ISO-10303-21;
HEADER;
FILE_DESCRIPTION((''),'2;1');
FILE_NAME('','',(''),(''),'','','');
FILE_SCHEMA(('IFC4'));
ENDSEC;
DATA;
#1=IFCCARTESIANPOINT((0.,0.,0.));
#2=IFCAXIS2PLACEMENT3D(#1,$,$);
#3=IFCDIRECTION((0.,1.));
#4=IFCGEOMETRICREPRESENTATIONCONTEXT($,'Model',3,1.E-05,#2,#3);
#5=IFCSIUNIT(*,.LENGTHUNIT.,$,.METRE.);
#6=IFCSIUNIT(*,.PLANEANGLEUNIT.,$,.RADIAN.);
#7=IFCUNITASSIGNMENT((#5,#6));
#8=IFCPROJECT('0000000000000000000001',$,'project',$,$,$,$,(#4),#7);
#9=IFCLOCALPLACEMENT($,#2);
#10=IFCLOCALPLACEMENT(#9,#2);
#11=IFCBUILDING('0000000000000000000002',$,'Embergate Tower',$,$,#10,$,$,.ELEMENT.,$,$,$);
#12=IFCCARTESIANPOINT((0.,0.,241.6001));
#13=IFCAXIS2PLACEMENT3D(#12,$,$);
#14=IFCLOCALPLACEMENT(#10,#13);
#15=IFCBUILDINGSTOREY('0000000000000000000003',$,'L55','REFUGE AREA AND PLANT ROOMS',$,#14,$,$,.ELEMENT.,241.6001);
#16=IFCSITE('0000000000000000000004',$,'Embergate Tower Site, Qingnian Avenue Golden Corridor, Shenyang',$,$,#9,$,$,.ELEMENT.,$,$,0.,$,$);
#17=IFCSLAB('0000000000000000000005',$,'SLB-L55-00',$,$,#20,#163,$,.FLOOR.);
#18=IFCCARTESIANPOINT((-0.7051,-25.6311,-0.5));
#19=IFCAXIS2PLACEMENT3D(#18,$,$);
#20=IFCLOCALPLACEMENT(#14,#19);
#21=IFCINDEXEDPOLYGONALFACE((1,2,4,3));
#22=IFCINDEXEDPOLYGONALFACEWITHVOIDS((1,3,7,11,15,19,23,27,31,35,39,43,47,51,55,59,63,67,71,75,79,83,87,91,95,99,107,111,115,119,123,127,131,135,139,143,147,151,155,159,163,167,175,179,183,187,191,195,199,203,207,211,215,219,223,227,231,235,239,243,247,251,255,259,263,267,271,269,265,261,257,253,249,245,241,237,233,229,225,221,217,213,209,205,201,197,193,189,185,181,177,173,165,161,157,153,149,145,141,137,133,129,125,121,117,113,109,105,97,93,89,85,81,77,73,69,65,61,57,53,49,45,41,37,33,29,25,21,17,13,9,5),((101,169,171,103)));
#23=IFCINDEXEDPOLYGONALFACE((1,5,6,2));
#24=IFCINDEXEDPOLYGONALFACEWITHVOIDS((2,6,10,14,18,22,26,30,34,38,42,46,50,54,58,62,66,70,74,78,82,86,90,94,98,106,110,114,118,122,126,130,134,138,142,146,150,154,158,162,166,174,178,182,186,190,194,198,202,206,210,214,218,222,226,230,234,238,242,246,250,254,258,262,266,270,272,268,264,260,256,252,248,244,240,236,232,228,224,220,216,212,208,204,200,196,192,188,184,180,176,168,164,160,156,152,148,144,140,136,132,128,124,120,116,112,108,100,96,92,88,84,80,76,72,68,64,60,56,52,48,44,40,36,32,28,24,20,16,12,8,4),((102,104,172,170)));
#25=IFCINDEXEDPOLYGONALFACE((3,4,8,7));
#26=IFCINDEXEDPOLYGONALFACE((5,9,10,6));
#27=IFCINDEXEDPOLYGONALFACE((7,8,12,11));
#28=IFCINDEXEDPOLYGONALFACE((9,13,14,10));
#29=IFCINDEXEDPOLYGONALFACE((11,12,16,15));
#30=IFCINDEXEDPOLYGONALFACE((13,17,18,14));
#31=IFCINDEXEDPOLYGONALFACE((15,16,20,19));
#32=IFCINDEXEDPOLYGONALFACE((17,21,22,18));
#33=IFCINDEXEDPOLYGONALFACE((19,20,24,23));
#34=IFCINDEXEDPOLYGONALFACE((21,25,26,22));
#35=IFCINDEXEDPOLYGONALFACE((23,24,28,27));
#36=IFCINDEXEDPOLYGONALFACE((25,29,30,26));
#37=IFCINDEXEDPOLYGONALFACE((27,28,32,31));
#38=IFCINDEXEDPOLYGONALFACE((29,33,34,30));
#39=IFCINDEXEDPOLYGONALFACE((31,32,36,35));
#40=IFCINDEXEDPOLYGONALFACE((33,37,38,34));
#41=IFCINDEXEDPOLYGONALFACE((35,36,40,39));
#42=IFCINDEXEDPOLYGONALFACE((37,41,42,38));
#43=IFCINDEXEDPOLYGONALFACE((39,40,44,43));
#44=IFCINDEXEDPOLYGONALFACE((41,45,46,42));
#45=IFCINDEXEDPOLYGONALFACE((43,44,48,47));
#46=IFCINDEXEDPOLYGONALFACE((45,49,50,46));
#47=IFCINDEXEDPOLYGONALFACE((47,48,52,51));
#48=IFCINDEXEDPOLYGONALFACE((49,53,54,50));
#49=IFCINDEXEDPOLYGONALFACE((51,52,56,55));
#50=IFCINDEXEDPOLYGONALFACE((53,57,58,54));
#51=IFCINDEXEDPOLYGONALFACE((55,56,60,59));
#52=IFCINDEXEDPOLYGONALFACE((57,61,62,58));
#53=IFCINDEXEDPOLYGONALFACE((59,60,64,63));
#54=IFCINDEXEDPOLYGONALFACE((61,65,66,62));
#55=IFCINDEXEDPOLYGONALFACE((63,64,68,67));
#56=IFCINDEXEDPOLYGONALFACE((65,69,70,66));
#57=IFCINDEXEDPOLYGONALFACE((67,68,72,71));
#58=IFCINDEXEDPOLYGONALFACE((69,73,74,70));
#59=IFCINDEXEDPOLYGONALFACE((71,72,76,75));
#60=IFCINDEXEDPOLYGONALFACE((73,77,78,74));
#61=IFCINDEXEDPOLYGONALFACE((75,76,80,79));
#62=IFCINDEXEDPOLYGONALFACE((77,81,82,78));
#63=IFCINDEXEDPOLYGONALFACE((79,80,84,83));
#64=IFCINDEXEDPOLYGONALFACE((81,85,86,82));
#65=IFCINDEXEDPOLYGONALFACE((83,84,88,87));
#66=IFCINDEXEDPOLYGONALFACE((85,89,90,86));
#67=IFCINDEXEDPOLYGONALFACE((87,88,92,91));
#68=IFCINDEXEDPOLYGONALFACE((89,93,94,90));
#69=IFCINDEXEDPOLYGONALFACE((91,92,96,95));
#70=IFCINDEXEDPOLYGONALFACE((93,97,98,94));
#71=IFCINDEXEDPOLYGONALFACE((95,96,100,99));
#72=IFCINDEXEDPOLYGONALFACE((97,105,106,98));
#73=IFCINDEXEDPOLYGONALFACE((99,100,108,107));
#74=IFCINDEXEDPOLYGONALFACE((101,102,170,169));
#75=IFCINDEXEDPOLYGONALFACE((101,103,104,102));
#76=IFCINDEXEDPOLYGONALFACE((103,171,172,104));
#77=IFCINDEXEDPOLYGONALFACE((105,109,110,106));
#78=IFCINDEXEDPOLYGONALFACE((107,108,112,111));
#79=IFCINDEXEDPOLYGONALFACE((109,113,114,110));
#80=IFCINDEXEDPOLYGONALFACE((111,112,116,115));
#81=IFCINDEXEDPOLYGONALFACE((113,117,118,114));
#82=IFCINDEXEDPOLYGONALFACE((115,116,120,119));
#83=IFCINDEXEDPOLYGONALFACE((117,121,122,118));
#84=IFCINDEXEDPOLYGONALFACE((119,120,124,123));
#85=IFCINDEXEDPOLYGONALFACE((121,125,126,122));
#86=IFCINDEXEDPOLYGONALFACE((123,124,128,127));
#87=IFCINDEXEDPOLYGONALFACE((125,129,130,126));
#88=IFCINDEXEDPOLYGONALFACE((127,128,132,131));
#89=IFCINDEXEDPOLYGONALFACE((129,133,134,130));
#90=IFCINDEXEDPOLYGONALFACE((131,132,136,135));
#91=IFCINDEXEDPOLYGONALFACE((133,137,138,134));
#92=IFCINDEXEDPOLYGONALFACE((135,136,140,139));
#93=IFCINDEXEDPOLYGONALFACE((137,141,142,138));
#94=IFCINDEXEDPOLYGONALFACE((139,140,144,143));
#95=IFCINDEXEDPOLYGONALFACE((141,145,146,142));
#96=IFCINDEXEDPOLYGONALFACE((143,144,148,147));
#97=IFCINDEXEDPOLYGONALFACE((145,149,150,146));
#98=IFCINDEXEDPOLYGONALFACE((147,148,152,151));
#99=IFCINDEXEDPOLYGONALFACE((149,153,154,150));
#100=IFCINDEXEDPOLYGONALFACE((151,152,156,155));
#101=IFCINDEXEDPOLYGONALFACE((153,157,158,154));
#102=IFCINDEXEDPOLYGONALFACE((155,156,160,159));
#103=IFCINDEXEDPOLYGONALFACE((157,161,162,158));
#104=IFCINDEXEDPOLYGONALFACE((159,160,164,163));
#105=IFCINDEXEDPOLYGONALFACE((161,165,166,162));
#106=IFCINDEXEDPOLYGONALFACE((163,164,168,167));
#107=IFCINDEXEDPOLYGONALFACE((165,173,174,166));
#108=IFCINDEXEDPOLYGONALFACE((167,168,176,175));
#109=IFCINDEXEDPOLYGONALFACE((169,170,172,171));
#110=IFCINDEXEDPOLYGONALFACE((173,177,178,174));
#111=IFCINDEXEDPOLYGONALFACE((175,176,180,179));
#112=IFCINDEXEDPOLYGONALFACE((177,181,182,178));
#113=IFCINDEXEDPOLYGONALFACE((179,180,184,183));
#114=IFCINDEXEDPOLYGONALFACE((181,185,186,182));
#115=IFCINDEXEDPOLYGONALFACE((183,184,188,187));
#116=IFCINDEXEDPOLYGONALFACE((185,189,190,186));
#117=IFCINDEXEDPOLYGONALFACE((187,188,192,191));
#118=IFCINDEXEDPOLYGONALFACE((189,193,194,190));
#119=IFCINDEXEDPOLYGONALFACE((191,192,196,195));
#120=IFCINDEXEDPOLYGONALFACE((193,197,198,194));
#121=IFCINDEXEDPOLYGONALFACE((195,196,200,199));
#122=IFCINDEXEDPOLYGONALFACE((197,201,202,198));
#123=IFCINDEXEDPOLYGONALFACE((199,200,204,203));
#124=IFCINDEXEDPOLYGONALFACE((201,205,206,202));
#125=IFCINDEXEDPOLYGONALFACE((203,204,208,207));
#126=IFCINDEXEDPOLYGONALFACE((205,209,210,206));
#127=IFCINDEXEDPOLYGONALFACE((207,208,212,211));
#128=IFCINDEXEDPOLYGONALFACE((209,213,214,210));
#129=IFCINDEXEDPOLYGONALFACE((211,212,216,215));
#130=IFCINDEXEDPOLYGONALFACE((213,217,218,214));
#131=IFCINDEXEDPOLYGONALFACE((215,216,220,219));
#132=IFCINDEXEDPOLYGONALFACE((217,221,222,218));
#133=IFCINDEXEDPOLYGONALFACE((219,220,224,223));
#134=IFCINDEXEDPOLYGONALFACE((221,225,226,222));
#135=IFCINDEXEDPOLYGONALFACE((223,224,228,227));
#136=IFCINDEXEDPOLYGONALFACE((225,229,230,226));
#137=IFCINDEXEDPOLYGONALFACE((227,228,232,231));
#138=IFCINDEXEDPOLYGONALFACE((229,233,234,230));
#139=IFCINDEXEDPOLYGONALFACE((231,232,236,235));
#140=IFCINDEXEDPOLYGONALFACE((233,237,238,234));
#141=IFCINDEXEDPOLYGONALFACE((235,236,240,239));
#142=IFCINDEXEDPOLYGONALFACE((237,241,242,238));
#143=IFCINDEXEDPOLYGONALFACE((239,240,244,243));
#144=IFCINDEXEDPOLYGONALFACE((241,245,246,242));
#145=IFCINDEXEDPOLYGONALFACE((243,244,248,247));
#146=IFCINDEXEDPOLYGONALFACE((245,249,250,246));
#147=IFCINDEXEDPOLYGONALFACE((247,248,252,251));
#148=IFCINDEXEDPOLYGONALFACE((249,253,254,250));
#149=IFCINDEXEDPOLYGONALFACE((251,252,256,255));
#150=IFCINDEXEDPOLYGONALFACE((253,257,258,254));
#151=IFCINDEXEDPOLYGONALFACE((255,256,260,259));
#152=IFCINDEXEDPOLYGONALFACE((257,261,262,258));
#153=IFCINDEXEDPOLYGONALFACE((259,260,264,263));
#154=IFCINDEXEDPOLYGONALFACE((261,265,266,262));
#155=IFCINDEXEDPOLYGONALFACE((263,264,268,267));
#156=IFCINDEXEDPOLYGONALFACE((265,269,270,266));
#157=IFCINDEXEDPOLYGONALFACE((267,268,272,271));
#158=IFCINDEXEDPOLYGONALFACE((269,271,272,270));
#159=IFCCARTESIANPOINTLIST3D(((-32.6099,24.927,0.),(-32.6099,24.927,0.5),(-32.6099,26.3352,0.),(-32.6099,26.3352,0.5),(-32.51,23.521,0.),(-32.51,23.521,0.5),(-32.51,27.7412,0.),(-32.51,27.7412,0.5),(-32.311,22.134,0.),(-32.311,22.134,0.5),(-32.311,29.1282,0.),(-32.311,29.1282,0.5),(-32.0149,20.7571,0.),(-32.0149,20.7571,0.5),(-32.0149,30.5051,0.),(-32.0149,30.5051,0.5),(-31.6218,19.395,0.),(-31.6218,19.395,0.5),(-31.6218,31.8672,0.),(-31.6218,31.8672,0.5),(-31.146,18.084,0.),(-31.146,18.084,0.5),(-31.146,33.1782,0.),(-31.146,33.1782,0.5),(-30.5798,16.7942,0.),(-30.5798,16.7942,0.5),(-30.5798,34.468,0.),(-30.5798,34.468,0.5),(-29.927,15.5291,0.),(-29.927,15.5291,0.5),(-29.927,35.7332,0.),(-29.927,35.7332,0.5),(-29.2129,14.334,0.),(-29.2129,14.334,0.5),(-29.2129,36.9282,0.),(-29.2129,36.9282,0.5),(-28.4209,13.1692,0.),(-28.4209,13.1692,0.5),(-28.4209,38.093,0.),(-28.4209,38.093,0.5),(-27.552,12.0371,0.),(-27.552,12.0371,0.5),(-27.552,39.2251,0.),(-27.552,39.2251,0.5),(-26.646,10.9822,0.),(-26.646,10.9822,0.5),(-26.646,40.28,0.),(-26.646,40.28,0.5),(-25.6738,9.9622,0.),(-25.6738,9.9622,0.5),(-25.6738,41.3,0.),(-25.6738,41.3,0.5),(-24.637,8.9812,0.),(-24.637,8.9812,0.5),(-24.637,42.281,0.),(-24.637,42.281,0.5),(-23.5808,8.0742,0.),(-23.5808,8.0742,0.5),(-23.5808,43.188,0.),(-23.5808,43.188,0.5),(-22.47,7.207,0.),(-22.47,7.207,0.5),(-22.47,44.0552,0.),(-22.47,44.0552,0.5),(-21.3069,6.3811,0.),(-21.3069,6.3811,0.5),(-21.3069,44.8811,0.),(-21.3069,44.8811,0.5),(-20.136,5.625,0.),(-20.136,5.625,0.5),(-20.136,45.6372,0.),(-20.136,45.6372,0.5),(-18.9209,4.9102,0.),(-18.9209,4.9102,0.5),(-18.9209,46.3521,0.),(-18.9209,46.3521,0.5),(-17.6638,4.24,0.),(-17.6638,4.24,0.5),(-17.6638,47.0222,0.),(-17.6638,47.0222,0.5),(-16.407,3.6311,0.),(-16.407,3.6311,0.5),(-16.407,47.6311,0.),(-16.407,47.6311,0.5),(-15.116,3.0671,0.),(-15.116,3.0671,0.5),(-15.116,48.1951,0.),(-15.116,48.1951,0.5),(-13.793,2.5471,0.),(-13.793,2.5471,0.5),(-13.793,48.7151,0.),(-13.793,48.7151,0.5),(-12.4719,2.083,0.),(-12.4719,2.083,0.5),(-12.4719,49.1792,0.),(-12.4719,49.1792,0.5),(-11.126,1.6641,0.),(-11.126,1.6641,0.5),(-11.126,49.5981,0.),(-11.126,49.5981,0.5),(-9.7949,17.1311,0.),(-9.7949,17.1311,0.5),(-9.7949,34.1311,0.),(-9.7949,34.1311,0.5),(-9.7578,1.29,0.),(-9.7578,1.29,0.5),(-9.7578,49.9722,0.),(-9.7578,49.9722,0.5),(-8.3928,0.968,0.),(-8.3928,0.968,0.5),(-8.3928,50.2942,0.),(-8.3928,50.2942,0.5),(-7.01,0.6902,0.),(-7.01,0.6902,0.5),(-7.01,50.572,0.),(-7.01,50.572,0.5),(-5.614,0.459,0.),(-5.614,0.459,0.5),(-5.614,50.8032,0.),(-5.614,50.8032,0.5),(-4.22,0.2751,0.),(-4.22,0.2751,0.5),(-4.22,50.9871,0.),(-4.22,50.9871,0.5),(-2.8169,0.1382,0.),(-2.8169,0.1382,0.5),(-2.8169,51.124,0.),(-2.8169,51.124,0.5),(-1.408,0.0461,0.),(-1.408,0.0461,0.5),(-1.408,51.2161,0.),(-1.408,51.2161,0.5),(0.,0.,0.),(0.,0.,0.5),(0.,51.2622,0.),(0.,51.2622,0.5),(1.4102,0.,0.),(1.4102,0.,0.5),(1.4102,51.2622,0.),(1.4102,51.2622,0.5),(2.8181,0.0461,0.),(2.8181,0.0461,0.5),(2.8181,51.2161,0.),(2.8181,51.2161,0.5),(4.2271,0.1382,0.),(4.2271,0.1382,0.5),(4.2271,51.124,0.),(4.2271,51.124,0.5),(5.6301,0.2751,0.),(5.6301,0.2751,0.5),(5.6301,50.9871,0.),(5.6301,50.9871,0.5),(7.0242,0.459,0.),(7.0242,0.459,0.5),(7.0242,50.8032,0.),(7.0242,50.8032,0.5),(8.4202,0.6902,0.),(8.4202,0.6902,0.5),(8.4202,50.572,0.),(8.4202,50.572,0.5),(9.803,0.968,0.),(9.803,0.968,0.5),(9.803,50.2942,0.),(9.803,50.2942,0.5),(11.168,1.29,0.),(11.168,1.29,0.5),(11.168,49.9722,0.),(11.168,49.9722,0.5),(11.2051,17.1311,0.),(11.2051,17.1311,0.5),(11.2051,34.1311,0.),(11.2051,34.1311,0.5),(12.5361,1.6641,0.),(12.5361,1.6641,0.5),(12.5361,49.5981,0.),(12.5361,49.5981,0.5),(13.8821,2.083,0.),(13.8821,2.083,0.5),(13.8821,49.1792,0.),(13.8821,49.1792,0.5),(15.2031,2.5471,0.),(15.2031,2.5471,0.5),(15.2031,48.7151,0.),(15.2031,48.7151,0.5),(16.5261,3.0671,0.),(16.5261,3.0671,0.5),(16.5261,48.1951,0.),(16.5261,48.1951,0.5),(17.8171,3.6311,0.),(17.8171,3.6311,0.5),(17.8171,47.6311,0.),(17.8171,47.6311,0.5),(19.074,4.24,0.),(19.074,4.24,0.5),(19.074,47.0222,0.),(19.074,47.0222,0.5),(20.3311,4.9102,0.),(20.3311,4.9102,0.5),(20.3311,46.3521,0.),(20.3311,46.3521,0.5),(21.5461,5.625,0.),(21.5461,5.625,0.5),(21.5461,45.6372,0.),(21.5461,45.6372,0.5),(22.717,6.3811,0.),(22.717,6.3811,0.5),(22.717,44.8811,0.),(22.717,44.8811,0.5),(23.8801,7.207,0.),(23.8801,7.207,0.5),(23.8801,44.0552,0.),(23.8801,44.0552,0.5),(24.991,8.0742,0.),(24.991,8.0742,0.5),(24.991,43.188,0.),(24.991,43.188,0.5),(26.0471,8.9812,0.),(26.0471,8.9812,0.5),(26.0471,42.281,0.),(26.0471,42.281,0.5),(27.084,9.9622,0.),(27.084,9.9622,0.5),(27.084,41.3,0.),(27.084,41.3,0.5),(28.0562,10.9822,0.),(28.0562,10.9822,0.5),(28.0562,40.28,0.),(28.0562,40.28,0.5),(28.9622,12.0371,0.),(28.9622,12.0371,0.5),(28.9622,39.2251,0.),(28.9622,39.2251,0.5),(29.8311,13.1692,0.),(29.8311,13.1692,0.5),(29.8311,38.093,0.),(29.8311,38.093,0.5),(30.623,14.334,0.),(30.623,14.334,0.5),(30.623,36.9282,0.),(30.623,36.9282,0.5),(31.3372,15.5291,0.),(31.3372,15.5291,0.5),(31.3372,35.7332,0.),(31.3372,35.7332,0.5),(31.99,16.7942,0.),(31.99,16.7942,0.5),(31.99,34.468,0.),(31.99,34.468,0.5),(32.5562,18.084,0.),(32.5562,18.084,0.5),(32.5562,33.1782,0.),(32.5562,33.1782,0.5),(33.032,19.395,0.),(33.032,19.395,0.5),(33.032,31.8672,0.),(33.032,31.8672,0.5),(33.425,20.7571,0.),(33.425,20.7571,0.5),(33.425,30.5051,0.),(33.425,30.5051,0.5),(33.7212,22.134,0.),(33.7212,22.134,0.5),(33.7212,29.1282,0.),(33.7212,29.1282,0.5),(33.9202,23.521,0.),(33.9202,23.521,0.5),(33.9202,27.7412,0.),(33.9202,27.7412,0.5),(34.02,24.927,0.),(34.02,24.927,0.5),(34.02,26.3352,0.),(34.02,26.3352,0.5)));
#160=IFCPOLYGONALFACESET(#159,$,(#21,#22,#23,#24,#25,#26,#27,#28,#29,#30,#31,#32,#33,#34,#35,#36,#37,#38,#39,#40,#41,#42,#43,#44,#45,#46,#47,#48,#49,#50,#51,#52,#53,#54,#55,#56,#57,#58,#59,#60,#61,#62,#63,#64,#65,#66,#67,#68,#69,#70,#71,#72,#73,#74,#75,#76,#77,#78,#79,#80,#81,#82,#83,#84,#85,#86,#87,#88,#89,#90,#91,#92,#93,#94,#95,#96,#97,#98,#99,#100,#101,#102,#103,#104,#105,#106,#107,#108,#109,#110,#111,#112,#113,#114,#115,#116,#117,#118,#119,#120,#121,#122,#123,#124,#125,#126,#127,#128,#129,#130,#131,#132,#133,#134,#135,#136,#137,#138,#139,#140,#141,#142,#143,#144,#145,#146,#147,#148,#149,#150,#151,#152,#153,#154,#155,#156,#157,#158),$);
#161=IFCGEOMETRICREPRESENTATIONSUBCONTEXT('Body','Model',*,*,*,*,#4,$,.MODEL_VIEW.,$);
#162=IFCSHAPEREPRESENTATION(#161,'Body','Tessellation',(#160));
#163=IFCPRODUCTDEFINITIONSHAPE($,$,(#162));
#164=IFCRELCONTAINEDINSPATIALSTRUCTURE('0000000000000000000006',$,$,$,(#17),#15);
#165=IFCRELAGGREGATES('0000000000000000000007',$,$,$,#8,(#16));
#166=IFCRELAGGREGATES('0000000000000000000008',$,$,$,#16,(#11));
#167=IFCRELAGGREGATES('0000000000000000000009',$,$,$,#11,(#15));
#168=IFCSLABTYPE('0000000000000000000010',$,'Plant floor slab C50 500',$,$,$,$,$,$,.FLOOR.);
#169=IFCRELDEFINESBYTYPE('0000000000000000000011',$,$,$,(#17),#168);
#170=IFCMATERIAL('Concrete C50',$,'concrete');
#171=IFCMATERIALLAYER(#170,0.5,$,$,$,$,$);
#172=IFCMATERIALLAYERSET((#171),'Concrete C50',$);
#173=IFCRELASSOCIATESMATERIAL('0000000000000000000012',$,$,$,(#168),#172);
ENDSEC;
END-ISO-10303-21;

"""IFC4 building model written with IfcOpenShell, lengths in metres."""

from ifc_helpers import new_model, si_unit, direction, frame, origin, place, context, subcontext, project, spatial, polyline, outline, extrude, source, transform, mapped, material, layer, layer_set, type_object, element, save


model = new_model("IFC4")

# Units and contexts
model_context = context("Model", 3, precision=1e-05, world=origin(), true_north=direction((0.0, 1.0)))
body_context = subcontext(model_context, "Body", "Model", "MODEL_VIEW")
ifc_project = project(units=[si_unit("LENGTHUNIT", "METRE"), si_unit("PLANEANGLEUNIT", "RADIAN")], contexts=[model_context])

# Site, building, storey
site_placement = place(None, origin())
site = spatial("IfcSite", under=ifc_project, at=site_placement, Name="Embergate Tower Site, Qingnian Avenue Golden Corridor, Shenyang", CompositionType="ELEMENT", RefElevation=0.0)
building_placement = place(site_placement, origin())
building = spatial("IfcBuilding", under=site, at=building_placement, Name="Embergate Tower", CompositionType="ELEMENT")
storey_placement = place(building_placement, frame((0.0, 0.0, 241.6001)))
storey = spatial("IfcBuildingStorey", under=building, at=storey_placement, Name="L55", Description="REFUGE AREA AND PLANT ROOMS", CompositionType="ELEMENT", Elevation=241.6001)

# Slab
ifc_material_1 = material(Name="Concrete C50", Category="concrete")
ifc_layer_1 = layer(ifc_material_1, 0.5)
ifc_layer_set_1 = layer_set([ifc_layer_1], Name="Concrete C50")
slab_type = type_object("IfcSlabType", Name="Plant floor slab C50 500", PredefinedType="FLOOR", material=ifc_layer_set_1)
shared_shape_1 = source(origin(), body_context, "Body", "SweptSolid", [
    extrude(outline(polyline([(0.0, 0.0), (1.4102, 0.0), (2.8181, 0.0461), (4.2271, 0.1382), (5.6301, 0.2751), (7.0242, 0.459), (8.4202, 0.6902), (9.803, 0.968), (11.168, 1.29), (12.5361, 1.6641), (13.8821, 2.083), (15.2031, 2.5471), (16.5261, 3.0671), (17.8171, 3.6311), (19.074, 4.24), (20.3311, 4.9102), (21.5461, 5.625), (22.717, 6.3811), (23.8801, 7.207), (24.991, 8.0742), (26.0471, 8.9812), (27.084, 9.9622), (28.0562, 10.9822), (28.9622, 12.0371), (29.8311, 13.1692), (30.623, 14.334), (31.3372, 15.5291), (31.99, 16.7942), (32.5562, 18.084), (33.032, 19.395), (33.425, 20.7571), (33.7212, 22.134), (33.9202, 23.521), (34.02, 24.927), (34.02, 26.3352), (33.9202, 27.7412), (33.7212, 29.1282), (33.425, 30.5051), (33.032, 31.8672), (32.5562, 33.1782), (31.99, 34.468), (31.3372, 35.7332), (30.623, 36.9282), (29.8311, 38.093), (28.9622, 39.2251), (28.0562, 40.28), (27.084, 41.3), (26.0471, 42.281), (24.991, 43.188), (23.8801, 44.0552), (22.717, 44.8811), (21.5461, 45.6372), (20.3311, 46.3521), (19.074, 47.0222), (17.8171, 47.6311), (16.5261, 48.1951), (15.2031, 48.7151), (13.8821, 49.1792), (12.5361, 49.5981), (11.168, 49.9722), (9.803, 50.2942), (8.4202, 50.572), (7.0242, 50.8032), (5.6301, 50.9871), (4.2271, 51.124), (2.8181, 51.2161), (1.4102, 51.2622), (0.0, 51.2622), (-1.408, 51.2161), (-2.8169, 51.124), (-4.22, 50.9871), (-5.614, 50.8032), (-7.01, 50.572), (-8.3928, 50.2942), (-9.7578, 49.9722), (-11.126, 49.5981), (-12.4719, 49.1792), (-13.793, 48.7151), (-15.116, 48.1951), (-16.407, 47.6311), (-17.6638, 47.0222), (-18.9209, 46.3521), (-20.136, 45.6372), (-21.3069, 44.8811), (-22.47, 44.0552), (-23.5808, 43.188), (-24.637, 42.281), (-25.6738, 41.3), (-26.646, 40.28), (-27.552, 39.2251), (-28.4209, 38.093), (-29.2129, 36.9282), (-29.927, 35.7332), (-30.5798, 34.468), (-31.146, 33.1782), (-31.6218, 31.8672), (-32.0149, 30.5051), (-32.311, 29.1282), (-32.51, 27.7412), (-32.6099, 26.3352), (-32.6099, 24.927), (-32.51, 23.521), (-32.311, 22.134), (-32.0149, 20.7571), (-31.6218, 19.395), (-31.146, 18.084), (-30.5798, 16.7942), (-29.927, 15.5291), (-29.2129, 14.334), (-28.4209, 13.1692), (-27.552, 12.0371), (-26.646, 10.9822), (-25.6738, 9.9622), (-24.637, 8.9812), (-23.5808, 8.0742), (-22.47, 7.207), (-21.3069, 6.3811), (-20.136, 5.625), (-18.9209, 4.9102), (-17.6638, 4.24), (-16.407, 3.6311), (-15.116, 3.0671), (-13.793, 2.5471), (-12.4719, 2.083), (-11.126, 1.6641), (-9.7578, 1.29), (-8.3928, 0.968), (-7.01, 0.6902), (-5.614, 0.459), (-4.22, 0.2751), (-2.8169, 0.1382), (-1.408, 0.0461), (0.0, 0.0)]), holes=[polyline([(-9.7949, 17.1311), (-9.7949, 34.1311), (11.2051, 34.1311), (11.2051, 17.1311), (-9.7949, 17.1311)])]), origin(), (0.0, 0.0, 1.0), 0.5),
])
slab_placement = place(storey_placement, frame((-0.7051, -25.6311, -0.5)))
element("IfcSlab", 1, at=slab_placement, inside=storey, type_object=slab_type, Name="SLB-L55-00", PredefinedType="FLOOR", context=body_context, shape_type="MappedRepresentation", body=[
    mapped(shared_shape_1, transform((0.0, 0.0, 0.0))),
])

save(model, "model.ifc")
